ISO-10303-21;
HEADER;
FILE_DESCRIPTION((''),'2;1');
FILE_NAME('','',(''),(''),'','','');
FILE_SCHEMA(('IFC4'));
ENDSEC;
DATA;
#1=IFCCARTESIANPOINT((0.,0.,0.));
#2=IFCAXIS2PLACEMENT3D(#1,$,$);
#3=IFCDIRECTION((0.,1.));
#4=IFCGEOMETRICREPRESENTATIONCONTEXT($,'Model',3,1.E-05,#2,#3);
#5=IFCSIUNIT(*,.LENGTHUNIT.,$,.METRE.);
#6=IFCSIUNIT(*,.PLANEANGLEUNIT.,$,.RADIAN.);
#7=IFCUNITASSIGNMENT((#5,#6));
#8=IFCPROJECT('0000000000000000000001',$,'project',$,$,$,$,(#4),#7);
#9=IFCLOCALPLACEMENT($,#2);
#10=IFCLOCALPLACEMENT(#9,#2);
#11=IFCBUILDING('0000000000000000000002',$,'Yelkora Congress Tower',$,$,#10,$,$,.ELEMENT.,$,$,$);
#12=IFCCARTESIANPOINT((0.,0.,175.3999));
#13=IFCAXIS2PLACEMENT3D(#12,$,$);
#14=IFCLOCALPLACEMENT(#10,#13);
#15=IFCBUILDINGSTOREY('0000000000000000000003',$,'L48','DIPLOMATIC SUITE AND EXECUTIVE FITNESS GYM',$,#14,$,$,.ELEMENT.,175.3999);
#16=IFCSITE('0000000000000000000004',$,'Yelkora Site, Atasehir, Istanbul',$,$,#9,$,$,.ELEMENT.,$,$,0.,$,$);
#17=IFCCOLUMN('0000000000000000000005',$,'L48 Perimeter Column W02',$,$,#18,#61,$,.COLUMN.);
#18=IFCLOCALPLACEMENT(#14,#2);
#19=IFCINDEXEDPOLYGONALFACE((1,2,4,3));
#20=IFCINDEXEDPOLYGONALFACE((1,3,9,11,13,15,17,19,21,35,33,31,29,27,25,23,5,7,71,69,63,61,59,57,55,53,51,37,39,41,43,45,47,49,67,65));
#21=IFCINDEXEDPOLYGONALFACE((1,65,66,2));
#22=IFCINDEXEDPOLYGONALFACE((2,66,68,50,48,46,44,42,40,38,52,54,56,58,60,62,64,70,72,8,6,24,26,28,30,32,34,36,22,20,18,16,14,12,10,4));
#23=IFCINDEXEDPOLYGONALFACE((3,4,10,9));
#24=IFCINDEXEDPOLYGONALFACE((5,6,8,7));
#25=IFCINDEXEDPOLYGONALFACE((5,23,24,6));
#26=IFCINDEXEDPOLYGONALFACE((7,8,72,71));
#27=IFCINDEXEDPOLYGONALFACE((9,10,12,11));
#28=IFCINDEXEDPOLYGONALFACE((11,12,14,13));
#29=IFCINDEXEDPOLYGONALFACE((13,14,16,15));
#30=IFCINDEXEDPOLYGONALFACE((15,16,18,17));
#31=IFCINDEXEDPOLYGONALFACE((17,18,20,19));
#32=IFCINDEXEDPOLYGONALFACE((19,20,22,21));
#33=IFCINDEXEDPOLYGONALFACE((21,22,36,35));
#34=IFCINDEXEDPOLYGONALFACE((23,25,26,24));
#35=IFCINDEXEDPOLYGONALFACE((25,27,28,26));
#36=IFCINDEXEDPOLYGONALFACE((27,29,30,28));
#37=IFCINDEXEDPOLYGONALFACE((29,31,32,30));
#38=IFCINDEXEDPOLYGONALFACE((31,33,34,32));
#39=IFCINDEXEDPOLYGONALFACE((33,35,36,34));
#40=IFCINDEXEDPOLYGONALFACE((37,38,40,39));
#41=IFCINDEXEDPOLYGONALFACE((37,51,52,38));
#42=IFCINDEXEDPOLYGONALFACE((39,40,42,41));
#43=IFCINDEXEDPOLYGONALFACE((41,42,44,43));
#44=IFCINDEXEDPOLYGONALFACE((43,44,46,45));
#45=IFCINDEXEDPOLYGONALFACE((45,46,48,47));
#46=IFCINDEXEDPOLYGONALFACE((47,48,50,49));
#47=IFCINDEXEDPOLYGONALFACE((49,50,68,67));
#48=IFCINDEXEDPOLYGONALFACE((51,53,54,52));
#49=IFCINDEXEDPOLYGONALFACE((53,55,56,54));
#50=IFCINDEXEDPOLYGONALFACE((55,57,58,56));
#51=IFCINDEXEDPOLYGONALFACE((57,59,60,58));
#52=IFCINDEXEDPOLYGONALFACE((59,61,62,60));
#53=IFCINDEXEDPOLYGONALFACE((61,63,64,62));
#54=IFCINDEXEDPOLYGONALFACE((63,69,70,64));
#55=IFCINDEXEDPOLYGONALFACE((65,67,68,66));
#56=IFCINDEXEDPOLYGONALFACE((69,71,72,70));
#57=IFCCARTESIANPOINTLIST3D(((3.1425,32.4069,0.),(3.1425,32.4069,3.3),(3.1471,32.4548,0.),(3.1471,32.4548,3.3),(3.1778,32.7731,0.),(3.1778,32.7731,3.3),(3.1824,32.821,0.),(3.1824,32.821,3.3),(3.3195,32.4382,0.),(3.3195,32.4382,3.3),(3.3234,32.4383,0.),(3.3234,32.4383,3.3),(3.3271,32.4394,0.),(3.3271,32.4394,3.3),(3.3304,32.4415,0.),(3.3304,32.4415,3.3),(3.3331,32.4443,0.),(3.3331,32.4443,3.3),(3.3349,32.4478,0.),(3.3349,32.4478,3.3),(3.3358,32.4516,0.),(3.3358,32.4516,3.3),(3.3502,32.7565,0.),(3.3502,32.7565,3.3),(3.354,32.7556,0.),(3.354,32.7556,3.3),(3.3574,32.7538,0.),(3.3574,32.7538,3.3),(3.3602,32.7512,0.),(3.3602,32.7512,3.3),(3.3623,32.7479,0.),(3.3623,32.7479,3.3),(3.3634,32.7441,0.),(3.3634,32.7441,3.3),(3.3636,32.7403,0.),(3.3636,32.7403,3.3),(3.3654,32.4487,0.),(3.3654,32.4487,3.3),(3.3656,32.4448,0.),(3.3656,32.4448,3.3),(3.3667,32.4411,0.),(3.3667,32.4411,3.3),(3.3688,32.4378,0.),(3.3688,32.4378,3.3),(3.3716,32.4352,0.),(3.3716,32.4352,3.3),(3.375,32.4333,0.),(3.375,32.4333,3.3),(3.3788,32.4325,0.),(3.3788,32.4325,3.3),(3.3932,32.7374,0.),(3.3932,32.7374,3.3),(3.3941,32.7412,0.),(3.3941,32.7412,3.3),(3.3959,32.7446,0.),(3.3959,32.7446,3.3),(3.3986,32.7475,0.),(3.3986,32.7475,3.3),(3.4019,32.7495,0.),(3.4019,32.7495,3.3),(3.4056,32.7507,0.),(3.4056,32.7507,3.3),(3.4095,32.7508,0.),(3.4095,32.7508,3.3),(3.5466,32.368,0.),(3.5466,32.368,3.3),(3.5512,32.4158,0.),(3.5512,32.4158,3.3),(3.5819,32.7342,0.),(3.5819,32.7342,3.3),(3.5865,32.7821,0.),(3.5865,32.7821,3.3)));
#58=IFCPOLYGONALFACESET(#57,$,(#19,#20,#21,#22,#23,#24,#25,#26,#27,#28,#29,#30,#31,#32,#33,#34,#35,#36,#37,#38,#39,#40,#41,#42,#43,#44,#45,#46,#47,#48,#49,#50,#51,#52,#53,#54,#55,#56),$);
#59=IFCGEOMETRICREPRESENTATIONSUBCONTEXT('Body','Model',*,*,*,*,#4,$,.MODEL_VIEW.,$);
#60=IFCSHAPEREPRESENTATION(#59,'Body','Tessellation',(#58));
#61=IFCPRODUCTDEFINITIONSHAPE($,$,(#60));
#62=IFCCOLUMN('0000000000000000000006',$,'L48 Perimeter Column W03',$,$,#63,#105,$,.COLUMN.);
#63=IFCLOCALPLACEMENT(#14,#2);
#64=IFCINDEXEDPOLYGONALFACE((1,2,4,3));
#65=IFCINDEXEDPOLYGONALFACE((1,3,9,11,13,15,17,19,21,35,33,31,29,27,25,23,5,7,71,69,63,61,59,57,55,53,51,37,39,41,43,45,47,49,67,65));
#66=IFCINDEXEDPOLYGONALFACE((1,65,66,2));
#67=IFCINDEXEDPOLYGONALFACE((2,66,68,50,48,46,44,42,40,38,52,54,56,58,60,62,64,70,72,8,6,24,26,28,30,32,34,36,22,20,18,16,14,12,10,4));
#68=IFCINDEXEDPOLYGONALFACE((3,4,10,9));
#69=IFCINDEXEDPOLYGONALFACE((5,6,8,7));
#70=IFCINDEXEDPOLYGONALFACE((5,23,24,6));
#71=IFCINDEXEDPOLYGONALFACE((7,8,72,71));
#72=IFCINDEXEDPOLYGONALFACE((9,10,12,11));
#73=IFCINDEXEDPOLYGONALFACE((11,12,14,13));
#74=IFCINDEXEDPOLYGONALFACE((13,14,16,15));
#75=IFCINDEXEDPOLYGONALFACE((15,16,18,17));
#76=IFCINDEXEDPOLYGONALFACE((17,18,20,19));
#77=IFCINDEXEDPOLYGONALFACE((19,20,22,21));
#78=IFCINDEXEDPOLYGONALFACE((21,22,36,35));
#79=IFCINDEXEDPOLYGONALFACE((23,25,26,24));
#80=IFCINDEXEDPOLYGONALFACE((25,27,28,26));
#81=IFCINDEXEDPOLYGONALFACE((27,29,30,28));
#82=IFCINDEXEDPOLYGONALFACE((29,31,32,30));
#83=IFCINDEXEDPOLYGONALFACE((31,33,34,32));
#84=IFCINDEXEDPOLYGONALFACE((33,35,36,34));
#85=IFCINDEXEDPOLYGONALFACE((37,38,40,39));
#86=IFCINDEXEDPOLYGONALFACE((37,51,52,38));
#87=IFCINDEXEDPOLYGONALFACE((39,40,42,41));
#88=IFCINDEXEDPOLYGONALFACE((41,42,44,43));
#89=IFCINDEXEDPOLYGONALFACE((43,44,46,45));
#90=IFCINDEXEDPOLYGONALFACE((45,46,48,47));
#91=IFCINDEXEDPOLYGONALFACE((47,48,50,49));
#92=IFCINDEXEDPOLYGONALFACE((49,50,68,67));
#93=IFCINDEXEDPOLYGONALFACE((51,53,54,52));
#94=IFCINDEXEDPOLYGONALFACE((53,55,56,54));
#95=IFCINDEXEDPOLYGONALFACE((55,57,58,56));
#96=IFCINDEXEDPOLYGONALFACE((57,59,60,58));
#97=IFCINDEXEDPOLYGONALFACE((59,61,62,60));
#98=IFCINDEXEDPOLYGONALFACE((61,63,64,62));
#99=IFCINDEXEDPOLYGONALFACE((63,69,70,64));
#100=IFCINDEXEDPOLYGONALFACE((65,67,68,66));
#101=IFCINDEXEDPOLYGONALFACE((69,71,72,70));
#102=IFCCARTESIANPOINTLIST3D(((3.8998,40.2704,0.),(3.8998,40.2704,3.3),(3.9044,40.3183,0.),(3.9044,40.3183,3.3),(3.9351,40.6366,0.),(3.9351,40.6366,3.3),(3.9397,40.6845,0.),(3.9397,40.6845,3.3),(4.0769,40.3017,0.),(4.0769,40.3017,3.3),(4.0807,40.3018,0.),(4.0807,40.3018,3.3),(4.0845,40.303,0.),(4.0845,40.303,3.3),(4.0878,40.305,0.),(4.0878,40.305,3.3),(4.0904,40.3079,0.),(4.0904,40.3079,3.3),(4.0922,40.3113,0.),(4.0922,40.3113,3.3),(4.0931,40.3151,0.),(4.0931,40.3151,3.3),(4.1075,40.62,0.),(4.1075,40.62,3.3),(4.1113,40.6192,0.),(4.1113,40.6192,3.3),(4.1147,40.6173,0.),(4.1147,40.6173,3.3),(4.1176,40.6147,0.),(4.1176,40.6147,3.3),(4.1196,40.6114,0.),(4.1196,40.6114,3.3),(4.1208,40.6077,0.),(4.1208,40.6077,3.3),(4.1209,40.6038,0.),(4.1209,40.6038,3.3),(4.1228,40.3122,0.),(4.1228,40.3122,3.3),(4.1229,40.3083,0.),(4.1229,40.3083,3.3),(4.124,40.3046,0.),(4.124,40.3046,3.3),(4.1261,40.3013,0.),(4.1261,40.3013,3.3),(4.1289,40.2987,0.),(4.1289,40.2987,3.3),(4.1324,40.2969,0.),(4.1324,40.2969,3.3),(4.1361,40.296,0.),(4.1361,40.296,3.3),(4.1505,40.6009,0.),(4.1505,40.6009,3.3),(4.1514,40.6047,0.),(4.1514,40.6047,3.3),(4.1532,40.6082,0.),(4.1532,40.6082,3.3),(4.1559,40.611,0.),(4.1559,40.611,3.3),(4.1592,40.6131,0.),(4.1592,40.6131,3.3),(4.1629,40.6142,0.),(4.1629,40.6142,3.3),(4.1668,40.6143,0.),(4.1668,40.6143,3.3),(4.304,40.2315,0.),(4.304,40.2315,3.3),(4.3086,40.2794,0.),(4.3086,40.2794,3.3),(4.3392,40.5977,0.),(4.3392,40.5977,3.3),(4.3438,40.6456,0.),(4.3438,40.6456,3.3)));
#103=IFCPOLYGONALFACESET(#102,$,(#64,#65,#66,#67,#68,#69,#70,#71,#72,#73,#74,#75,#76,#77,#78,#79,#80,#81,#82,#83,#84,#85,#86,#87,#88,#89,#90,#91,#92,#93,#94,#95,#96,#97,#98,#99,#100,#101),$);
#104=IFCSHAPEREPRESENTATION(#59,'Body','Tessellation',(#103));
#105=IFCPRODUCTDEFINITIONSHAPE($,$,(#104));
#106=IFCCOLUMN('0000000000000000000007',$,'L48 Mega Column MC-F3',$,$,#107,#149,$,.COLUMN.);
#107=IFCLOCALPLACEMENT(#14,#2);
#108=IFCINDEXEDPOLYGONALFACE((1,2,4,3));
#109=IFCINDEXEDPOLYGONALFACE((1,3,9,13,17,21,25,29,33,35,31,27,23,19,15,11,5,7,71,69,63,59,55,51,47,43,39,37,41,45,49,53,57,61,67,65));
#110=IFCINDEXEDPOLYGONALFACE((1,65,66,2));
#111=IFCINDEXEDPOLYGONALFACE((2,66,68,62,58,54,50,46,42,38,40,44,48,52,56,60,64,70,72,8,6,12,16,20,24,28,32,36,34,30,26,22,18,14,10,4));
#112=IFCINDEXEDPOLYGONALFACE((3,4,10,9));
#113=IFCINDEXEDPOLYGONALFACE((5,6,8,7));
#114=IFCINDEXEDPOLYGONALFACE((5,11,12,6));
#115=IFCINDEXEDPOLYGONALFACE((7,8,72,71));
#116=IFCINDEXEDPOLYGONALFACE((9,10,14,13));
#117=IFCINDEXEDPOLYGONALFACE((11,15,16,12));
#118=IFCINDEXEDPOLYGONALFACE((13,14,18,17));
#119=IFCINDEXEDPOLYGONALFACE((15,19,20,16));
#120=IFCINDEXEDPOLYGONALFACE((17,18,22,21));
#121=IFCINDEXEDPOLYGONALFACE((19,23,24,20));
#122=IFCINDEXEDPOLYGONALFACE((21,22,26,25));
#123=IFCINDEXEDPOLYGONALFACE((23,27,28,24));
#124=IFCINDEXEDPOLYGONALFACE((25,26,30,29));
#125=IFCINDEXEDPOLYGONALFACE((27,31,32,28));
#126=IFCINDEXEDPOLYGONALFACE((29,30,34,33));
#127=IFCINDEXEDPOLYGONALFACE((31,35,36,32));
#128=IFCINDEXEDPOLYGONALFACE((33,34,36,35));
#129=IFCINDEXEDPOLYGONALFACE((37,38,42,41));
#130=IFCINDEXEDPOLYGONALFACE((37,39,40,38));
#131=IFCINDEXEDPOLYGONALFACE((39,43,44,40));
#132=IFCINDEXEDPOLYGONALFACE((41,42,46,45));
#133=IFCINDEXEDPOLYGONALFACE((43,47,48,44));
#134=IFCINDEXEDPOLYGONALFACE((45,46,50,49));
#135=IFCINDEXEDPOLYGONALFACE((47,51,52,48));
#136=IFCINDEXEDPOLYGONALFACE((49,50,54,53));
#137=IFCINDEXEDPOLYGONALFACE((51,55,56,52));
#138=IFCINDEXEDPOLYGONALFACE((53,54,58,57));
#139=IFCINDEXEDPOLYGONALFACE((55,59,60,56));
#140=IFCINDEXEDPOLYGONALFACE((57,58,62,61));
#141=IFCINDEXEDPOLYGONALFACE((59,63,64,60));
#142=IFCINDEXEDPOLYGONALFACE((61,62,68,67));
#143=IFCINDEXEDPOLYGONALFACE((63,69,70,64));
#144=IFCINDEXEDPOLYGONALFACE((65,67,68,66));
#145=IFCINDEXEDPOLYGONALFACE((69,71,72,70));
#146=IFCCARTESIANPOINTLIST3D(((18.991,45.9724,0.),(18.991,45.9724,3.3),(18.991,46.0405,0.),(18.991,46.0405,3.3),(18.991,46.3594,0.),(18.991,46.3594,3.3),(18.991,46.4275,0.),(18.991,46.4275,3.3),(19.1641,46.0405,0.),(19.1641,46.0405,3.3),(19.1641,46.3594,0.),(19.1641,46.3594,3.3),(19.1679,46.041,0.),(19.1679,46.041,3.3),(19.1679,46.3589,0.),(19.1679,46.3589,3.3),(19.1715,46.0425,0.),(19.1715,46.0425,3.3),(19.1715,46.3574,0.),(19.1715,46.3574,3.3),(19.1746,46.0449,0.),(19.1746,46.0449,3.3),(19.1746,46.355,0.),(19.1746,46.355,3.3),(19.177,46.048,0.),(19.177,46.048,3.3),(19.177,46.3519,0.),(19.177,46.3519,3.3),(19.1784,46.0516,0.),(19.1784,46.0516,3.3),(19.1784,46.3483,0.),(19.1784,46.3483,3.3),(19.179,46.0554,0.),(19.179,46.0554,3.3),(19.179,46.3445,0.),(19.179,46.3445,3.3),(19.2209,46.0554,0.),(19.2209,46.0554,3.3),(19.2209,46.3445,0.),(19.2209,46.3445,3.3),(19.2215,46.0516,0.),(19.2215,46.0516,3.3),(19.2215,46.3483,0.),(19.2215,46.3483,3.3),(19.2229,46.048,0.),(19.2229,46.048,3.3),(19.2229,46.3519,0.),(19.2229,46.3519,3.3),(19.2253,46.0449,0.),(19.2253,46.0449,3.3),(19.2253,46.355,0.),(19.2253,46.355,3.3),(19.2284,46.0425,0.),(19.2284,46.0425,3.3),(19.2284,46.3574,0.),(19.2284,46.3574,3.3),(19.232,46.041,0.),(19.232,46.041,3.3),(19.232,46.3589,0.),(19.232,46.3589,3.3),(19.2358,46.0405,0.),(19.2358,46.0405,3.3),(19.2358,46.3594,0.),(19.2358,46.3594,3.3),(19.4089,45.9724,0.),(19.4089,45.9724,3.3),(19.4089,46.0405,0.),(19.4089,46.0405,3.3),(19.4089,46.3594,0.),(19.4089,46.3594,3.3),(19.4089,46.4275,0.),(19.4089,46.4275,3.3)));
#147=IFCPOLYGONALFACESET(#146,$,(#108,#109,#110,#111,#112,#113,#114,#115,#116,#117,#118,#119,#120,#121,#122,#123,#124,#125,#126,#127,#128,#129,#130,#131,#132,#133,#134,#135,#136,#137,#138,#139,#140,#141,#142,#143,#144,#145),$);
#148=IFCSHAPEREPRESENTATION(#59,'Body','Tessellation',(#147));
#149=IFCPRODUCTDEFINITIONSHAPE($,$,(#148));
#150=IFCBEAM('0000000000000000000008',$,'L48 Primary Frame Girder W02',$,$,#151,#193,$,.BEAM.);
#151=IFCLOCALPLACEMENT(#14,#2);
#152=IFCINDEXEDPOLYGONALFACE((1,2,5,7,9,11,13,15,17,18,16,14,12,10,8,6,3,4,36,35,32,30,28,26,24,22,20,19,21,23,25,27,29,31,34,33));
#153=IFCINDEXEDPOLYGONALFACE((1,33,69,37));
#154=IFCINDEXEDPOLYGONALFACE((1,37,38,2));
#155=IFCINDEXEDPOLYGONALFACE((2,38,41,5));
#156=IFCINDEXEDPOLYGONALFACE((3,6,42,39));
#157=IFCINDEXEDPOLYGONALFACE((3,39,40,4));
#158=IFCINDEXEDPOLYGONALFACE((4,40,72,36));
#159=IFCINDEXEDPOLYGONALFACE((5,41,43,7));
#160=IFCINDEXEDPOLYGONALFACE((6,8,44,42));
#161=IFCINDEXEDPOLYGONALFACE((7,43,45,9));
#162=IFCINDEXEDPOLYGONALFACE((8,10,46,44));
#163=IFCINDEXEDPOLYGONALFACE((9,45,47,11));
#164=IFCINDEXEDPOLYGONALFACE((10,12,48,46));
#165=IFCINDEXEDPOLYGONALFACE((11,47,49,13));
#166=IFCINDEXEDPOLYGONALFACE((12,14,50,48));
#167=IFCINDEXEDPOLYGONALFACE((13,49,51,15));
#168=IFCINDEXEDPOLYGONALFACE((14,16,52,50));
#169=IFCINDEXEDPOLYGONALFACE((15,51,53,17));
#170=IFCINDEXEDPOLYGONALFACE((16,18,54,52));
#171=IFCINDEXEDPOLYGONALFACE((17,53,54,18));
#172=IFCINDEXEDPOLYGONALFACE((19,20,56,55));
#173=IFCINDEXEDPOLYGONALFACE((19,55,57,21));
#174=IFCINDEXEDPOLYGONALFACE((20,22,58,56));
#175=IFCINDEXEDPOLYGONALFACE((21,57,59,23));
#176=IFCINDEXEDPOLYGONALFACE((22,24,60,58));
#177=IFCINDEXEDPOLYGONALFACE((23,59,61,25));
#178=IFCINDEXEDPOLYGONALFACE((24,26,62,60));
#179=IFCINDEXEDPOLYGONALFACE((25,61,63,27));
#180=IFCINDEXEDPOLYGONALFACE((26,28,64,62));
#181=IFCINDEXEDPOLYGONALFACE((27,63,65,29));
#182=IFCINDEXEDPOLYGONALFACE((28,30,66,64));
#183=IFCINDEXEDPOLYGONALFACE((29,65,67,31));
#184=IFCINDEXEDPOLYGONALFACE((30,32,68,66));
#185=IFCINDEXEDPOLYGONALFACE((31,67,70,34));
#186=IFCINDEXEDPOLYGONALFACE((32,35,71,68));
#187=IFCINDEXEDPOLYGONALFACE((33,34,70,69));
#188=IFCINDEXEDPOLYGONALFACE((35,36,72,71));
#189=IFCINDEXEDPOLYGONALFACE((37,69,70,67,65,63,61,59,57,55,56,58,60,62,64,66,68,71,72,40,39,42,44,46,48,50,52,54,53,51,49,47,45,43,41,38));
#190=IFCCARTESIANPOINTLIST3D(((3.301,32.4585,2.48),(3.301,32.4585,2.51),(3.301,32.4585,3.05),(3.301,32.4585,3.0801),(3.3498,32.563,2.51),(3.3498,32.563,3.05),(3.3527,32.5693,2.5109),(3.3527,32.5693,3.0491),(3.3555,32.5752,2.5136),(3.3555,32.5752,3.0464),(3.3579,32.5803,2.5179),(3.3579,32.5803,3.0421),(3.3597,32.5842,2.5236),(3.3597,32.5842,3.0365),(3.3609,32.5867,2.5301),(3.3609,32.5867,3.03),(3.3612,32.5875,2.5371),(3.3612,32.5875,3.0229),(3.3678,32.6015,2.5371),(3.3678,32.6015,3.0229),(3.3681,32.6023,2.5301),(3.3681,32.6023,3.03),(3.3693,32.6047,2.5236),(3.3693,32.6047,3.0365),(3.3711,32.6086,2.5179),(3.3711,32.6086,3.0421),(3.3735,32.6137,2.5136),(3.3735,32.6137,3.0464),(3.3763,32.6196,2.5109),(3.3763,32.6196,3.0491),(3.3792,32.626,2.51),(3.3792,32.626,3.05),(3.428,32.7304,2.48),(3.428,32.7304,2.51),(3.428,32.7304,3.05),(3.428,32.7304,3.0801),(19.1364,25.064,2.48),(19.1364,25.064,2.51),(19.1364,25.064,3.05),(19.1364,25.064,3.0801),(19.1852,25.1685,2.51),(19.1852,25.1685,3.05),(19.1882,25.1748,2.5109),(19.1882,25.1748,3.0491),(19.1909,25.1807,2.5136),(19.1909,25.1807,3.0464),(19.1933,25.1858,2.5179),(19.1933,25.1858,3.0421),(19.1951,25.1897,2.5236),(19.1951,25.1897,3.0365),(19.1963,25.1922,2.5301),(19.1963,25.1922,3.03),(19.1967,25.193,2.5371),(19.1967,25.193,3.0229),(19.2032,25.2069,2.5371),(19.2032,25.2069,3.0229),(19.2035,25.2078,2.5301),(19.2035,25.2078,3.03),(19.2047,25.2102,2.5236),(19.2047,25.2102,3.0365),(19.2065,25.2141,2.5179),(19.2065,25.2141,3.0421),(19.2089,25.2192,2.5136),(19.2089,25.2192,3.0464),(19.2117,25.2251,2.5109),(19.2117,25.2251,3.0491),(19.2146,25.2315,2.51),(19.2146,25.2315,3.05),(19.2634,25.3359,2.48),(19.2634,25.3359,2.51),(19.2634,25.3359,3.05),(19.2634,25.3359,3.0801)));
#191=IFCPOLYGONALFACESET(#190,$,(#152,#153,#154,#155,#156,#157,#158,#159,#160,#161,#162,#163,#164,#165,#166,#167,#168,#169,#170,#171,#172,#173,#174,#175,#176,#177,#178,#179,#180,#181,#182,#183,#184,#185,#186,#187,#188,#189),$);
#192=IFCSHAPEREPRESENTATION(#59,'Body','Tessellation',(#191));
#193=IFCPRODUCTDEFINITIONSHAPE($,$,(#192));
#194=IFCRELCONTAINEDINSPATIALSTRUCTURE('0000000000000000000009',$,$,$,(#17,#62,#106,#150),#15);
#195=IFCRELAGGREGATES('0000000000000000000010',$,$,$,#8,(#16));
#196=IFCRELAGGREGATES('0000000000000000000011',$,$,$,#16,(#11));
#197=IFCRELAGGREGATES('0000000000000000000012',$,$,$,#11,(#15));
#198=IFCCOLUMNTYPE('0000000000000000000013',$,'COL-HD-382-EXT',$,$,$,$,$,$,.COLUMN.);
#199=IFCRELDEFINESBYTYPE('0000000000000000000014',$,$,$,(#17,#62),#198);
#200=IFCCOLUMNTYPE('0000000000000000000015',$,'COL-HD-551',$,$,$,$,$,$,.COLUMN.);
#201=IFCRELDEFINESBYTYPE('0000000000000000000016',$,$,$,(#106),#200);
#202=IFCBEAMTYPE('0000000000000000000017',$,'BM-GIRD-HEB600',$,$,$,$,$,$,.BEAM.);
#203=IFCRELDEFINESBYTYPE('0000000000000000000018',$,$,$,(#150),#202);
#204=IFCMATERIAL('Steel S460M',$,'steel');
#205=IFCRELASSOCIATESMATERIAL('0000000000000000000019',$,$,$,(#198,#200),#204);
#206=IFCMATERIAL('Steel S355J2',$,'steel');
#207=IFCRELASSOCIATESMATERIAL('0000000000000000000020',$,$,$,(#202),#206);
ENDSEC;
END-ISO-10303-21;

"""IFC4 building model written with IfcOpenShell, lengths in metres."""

from ifc_helpers import new_model, si_unit, direction, frame, origin, origin_2d, place, context, subcontext, project, spatial, i_section, extrude, material, material_profile, profile_set, type_object, element, save


model = new_model("IFC4")

# Units and contexts
model_context = context("Model", 3, precision=1e-05, world=origin(), true_north=direction((0.0, 1.0)))
body_context = subcontext(model_context, "Body", "Model", "MODEL_VIEW")
ifc_project = project(units=[si_unit("LENGTHUNIT", "METRE"), si_unit("PLANEANGLEUNIT", "RADIAN")], contexts=[model_context])

# Site, building, storey
site_placement = place(None, origin())
site = spatial("IfcSite", under=ifc_project, at=site_placement, Name="Yelkora Site, Atasehir, Istanbul", CompositionType="ELEMENT", RefElevation=0.0)
building_placement = place(site_placement, origin())
building = spatial("IfcBuilding", under=site, at=building_placement, Name="Yelkora Congress Tower", CompositionType="ELEMENT")
storey_placement = place(building_placement, frame((0.0, 0.0, 175.3999)))
storey = spatial("IfcBuildingStorey", under=building, at=storey_placement, Name="L48", Description="DIPLOMATIC SUITE AND EXECUTIVE FITNESS GYM", CompositionType="ELEMENT", Elevation=175.3999)

# Columns
ifc_material_1 = material(Name="Steel S460M", Category="steel")
ifc_material_profile_1 = material_profile(ifc_material_1, i_section(OverallWidth=0.406, OverallDepth=0.416, WebThickness=0.0298, FlangeThickness=0.0481, FilletRadius=0.0149, at=origin_2d()), Name="HD 400x382")
ifc_profile_set_1 = profile_set([ifc_material_profile_1], Name="Steel S460M")
column_type_1 = type_object("IfcColumnType", Name="COL-HD-382-EXT", PredefinedType="COLUMN", material=ifc_profile_set_1)
for number, where, z_axis, x_axis, name in (
    (1, (3.3645, 32.5945, 0.0), (0.0, 0.0, 1.0), (0.995396, -0.095846, 0.0), "L48 Perimeter Column W02"),
    (2, (4.1218, 40.458, 0.0), (0.0, 0.0, 1.0), (0.995396, -0.095846, 0.0), "L48 Perimeter Column W03"),
):
    element("IfcColumn", number, at=place(storey_placement, frame(where, z_axis=z_axis, x_axis=x_axis)), inside=storey, type_object=column_type_1, Name=name, PredefinedType="COLUMN", context=body_context, shape_type="SweptSolid", body=[
        extrude(i_section(OverallWidth=0.406, OverallDepth=0.416, WebThickness=0.0298, FlangeThickness=0.0481, FilletRadius=0.0149, at=origin_2d()), origin(), (0.0, 0.0, 1.0), 3.3),
    ])
ifc_material_profile_2 = material_profile(ifc_material_1, i_section(OverallWidth=0.418, OverallDepth=0.4551, WebThickness=0.042, FlangeThickness=0.0681, FilletRadius=0.0149, at=origin_2d()), Name="HD 400x551")
ifc_profile_set_2 = profile_set([ifc_material_profile_2], Name="Steel S460M")
column_type_2 = type_object("IfcColumnType", Name="COL-HD-551", PredefinedType="COLUMN", material=ifc_profile_set_2)
column_placement = place(storey_placement, frame((19.2, 46.2, 0.0), z_axis=(0.0, 0.0, 1.0), x_axis=(1.0, 0.0, 0.0)))
element("IfcColumn", 3, at=column_placement, inside=storey, type_object=column_type_2, Name="L48 Mega Column MC-F3", PredefinedType="COLUMN", context=body_context, shape_type="SweptSolid", body=[
    extrude(i_section(OverallWidth=0.418, OverallDepth=0.4551, WebThickness=0.042, FlangeThickness=0.0681, FilletRadius=0.0149, at=origin_2d()), origin(), (0.0, 0.0, 1.0), 3.3),
])

# Beam
ifc_material_2 = material(Name="Steel S355J2", Category="steel")
ifc_material_profile_3 = material_profile(ifc_material_2, i_section(OverallWidth=0.3, OverallDepth=0.6001, WebThickness=0.0154, FlangeThickness=0.03, FilletRadius=0.0271, at=origin_2d()), Name="HEB 600")
ifc_profile_set_3 = profile_set([ifc_material_profile_3], Name="Steel S355J2")
beam_type_1 = type_object("IfcBeamType", Name="BM-GIRD-HEB600", PredefinedType="BEAM", material=ifc_profile_set_3)
beam_1_placement = place(storey_placement, frame((3.3645, 32.5945, 2.78), z_axis=(0.906081, -0.423104, 0.0), x_axis=(0.423104, 0.906081, 0.0)))
element("IfcBeam", 4, at=beam_1_placement, inside=storey, type_object=beam_type_1, Name="L48 Primary Frame Girder W02", PredefinedType="BEAM", context=body_context, shape_type="SweptSolid", body=[
    extrude(i_section(OverallWidth=0.3, OverallDepth=0.6001, WebThickness=0.0154, FlangeThickness=0.03, FilletRadius=0.0271, at=origin_2d()), origin(), (0.0, 0.0, 1.0), 17.4768),
])

save(model, "model.ifc")
